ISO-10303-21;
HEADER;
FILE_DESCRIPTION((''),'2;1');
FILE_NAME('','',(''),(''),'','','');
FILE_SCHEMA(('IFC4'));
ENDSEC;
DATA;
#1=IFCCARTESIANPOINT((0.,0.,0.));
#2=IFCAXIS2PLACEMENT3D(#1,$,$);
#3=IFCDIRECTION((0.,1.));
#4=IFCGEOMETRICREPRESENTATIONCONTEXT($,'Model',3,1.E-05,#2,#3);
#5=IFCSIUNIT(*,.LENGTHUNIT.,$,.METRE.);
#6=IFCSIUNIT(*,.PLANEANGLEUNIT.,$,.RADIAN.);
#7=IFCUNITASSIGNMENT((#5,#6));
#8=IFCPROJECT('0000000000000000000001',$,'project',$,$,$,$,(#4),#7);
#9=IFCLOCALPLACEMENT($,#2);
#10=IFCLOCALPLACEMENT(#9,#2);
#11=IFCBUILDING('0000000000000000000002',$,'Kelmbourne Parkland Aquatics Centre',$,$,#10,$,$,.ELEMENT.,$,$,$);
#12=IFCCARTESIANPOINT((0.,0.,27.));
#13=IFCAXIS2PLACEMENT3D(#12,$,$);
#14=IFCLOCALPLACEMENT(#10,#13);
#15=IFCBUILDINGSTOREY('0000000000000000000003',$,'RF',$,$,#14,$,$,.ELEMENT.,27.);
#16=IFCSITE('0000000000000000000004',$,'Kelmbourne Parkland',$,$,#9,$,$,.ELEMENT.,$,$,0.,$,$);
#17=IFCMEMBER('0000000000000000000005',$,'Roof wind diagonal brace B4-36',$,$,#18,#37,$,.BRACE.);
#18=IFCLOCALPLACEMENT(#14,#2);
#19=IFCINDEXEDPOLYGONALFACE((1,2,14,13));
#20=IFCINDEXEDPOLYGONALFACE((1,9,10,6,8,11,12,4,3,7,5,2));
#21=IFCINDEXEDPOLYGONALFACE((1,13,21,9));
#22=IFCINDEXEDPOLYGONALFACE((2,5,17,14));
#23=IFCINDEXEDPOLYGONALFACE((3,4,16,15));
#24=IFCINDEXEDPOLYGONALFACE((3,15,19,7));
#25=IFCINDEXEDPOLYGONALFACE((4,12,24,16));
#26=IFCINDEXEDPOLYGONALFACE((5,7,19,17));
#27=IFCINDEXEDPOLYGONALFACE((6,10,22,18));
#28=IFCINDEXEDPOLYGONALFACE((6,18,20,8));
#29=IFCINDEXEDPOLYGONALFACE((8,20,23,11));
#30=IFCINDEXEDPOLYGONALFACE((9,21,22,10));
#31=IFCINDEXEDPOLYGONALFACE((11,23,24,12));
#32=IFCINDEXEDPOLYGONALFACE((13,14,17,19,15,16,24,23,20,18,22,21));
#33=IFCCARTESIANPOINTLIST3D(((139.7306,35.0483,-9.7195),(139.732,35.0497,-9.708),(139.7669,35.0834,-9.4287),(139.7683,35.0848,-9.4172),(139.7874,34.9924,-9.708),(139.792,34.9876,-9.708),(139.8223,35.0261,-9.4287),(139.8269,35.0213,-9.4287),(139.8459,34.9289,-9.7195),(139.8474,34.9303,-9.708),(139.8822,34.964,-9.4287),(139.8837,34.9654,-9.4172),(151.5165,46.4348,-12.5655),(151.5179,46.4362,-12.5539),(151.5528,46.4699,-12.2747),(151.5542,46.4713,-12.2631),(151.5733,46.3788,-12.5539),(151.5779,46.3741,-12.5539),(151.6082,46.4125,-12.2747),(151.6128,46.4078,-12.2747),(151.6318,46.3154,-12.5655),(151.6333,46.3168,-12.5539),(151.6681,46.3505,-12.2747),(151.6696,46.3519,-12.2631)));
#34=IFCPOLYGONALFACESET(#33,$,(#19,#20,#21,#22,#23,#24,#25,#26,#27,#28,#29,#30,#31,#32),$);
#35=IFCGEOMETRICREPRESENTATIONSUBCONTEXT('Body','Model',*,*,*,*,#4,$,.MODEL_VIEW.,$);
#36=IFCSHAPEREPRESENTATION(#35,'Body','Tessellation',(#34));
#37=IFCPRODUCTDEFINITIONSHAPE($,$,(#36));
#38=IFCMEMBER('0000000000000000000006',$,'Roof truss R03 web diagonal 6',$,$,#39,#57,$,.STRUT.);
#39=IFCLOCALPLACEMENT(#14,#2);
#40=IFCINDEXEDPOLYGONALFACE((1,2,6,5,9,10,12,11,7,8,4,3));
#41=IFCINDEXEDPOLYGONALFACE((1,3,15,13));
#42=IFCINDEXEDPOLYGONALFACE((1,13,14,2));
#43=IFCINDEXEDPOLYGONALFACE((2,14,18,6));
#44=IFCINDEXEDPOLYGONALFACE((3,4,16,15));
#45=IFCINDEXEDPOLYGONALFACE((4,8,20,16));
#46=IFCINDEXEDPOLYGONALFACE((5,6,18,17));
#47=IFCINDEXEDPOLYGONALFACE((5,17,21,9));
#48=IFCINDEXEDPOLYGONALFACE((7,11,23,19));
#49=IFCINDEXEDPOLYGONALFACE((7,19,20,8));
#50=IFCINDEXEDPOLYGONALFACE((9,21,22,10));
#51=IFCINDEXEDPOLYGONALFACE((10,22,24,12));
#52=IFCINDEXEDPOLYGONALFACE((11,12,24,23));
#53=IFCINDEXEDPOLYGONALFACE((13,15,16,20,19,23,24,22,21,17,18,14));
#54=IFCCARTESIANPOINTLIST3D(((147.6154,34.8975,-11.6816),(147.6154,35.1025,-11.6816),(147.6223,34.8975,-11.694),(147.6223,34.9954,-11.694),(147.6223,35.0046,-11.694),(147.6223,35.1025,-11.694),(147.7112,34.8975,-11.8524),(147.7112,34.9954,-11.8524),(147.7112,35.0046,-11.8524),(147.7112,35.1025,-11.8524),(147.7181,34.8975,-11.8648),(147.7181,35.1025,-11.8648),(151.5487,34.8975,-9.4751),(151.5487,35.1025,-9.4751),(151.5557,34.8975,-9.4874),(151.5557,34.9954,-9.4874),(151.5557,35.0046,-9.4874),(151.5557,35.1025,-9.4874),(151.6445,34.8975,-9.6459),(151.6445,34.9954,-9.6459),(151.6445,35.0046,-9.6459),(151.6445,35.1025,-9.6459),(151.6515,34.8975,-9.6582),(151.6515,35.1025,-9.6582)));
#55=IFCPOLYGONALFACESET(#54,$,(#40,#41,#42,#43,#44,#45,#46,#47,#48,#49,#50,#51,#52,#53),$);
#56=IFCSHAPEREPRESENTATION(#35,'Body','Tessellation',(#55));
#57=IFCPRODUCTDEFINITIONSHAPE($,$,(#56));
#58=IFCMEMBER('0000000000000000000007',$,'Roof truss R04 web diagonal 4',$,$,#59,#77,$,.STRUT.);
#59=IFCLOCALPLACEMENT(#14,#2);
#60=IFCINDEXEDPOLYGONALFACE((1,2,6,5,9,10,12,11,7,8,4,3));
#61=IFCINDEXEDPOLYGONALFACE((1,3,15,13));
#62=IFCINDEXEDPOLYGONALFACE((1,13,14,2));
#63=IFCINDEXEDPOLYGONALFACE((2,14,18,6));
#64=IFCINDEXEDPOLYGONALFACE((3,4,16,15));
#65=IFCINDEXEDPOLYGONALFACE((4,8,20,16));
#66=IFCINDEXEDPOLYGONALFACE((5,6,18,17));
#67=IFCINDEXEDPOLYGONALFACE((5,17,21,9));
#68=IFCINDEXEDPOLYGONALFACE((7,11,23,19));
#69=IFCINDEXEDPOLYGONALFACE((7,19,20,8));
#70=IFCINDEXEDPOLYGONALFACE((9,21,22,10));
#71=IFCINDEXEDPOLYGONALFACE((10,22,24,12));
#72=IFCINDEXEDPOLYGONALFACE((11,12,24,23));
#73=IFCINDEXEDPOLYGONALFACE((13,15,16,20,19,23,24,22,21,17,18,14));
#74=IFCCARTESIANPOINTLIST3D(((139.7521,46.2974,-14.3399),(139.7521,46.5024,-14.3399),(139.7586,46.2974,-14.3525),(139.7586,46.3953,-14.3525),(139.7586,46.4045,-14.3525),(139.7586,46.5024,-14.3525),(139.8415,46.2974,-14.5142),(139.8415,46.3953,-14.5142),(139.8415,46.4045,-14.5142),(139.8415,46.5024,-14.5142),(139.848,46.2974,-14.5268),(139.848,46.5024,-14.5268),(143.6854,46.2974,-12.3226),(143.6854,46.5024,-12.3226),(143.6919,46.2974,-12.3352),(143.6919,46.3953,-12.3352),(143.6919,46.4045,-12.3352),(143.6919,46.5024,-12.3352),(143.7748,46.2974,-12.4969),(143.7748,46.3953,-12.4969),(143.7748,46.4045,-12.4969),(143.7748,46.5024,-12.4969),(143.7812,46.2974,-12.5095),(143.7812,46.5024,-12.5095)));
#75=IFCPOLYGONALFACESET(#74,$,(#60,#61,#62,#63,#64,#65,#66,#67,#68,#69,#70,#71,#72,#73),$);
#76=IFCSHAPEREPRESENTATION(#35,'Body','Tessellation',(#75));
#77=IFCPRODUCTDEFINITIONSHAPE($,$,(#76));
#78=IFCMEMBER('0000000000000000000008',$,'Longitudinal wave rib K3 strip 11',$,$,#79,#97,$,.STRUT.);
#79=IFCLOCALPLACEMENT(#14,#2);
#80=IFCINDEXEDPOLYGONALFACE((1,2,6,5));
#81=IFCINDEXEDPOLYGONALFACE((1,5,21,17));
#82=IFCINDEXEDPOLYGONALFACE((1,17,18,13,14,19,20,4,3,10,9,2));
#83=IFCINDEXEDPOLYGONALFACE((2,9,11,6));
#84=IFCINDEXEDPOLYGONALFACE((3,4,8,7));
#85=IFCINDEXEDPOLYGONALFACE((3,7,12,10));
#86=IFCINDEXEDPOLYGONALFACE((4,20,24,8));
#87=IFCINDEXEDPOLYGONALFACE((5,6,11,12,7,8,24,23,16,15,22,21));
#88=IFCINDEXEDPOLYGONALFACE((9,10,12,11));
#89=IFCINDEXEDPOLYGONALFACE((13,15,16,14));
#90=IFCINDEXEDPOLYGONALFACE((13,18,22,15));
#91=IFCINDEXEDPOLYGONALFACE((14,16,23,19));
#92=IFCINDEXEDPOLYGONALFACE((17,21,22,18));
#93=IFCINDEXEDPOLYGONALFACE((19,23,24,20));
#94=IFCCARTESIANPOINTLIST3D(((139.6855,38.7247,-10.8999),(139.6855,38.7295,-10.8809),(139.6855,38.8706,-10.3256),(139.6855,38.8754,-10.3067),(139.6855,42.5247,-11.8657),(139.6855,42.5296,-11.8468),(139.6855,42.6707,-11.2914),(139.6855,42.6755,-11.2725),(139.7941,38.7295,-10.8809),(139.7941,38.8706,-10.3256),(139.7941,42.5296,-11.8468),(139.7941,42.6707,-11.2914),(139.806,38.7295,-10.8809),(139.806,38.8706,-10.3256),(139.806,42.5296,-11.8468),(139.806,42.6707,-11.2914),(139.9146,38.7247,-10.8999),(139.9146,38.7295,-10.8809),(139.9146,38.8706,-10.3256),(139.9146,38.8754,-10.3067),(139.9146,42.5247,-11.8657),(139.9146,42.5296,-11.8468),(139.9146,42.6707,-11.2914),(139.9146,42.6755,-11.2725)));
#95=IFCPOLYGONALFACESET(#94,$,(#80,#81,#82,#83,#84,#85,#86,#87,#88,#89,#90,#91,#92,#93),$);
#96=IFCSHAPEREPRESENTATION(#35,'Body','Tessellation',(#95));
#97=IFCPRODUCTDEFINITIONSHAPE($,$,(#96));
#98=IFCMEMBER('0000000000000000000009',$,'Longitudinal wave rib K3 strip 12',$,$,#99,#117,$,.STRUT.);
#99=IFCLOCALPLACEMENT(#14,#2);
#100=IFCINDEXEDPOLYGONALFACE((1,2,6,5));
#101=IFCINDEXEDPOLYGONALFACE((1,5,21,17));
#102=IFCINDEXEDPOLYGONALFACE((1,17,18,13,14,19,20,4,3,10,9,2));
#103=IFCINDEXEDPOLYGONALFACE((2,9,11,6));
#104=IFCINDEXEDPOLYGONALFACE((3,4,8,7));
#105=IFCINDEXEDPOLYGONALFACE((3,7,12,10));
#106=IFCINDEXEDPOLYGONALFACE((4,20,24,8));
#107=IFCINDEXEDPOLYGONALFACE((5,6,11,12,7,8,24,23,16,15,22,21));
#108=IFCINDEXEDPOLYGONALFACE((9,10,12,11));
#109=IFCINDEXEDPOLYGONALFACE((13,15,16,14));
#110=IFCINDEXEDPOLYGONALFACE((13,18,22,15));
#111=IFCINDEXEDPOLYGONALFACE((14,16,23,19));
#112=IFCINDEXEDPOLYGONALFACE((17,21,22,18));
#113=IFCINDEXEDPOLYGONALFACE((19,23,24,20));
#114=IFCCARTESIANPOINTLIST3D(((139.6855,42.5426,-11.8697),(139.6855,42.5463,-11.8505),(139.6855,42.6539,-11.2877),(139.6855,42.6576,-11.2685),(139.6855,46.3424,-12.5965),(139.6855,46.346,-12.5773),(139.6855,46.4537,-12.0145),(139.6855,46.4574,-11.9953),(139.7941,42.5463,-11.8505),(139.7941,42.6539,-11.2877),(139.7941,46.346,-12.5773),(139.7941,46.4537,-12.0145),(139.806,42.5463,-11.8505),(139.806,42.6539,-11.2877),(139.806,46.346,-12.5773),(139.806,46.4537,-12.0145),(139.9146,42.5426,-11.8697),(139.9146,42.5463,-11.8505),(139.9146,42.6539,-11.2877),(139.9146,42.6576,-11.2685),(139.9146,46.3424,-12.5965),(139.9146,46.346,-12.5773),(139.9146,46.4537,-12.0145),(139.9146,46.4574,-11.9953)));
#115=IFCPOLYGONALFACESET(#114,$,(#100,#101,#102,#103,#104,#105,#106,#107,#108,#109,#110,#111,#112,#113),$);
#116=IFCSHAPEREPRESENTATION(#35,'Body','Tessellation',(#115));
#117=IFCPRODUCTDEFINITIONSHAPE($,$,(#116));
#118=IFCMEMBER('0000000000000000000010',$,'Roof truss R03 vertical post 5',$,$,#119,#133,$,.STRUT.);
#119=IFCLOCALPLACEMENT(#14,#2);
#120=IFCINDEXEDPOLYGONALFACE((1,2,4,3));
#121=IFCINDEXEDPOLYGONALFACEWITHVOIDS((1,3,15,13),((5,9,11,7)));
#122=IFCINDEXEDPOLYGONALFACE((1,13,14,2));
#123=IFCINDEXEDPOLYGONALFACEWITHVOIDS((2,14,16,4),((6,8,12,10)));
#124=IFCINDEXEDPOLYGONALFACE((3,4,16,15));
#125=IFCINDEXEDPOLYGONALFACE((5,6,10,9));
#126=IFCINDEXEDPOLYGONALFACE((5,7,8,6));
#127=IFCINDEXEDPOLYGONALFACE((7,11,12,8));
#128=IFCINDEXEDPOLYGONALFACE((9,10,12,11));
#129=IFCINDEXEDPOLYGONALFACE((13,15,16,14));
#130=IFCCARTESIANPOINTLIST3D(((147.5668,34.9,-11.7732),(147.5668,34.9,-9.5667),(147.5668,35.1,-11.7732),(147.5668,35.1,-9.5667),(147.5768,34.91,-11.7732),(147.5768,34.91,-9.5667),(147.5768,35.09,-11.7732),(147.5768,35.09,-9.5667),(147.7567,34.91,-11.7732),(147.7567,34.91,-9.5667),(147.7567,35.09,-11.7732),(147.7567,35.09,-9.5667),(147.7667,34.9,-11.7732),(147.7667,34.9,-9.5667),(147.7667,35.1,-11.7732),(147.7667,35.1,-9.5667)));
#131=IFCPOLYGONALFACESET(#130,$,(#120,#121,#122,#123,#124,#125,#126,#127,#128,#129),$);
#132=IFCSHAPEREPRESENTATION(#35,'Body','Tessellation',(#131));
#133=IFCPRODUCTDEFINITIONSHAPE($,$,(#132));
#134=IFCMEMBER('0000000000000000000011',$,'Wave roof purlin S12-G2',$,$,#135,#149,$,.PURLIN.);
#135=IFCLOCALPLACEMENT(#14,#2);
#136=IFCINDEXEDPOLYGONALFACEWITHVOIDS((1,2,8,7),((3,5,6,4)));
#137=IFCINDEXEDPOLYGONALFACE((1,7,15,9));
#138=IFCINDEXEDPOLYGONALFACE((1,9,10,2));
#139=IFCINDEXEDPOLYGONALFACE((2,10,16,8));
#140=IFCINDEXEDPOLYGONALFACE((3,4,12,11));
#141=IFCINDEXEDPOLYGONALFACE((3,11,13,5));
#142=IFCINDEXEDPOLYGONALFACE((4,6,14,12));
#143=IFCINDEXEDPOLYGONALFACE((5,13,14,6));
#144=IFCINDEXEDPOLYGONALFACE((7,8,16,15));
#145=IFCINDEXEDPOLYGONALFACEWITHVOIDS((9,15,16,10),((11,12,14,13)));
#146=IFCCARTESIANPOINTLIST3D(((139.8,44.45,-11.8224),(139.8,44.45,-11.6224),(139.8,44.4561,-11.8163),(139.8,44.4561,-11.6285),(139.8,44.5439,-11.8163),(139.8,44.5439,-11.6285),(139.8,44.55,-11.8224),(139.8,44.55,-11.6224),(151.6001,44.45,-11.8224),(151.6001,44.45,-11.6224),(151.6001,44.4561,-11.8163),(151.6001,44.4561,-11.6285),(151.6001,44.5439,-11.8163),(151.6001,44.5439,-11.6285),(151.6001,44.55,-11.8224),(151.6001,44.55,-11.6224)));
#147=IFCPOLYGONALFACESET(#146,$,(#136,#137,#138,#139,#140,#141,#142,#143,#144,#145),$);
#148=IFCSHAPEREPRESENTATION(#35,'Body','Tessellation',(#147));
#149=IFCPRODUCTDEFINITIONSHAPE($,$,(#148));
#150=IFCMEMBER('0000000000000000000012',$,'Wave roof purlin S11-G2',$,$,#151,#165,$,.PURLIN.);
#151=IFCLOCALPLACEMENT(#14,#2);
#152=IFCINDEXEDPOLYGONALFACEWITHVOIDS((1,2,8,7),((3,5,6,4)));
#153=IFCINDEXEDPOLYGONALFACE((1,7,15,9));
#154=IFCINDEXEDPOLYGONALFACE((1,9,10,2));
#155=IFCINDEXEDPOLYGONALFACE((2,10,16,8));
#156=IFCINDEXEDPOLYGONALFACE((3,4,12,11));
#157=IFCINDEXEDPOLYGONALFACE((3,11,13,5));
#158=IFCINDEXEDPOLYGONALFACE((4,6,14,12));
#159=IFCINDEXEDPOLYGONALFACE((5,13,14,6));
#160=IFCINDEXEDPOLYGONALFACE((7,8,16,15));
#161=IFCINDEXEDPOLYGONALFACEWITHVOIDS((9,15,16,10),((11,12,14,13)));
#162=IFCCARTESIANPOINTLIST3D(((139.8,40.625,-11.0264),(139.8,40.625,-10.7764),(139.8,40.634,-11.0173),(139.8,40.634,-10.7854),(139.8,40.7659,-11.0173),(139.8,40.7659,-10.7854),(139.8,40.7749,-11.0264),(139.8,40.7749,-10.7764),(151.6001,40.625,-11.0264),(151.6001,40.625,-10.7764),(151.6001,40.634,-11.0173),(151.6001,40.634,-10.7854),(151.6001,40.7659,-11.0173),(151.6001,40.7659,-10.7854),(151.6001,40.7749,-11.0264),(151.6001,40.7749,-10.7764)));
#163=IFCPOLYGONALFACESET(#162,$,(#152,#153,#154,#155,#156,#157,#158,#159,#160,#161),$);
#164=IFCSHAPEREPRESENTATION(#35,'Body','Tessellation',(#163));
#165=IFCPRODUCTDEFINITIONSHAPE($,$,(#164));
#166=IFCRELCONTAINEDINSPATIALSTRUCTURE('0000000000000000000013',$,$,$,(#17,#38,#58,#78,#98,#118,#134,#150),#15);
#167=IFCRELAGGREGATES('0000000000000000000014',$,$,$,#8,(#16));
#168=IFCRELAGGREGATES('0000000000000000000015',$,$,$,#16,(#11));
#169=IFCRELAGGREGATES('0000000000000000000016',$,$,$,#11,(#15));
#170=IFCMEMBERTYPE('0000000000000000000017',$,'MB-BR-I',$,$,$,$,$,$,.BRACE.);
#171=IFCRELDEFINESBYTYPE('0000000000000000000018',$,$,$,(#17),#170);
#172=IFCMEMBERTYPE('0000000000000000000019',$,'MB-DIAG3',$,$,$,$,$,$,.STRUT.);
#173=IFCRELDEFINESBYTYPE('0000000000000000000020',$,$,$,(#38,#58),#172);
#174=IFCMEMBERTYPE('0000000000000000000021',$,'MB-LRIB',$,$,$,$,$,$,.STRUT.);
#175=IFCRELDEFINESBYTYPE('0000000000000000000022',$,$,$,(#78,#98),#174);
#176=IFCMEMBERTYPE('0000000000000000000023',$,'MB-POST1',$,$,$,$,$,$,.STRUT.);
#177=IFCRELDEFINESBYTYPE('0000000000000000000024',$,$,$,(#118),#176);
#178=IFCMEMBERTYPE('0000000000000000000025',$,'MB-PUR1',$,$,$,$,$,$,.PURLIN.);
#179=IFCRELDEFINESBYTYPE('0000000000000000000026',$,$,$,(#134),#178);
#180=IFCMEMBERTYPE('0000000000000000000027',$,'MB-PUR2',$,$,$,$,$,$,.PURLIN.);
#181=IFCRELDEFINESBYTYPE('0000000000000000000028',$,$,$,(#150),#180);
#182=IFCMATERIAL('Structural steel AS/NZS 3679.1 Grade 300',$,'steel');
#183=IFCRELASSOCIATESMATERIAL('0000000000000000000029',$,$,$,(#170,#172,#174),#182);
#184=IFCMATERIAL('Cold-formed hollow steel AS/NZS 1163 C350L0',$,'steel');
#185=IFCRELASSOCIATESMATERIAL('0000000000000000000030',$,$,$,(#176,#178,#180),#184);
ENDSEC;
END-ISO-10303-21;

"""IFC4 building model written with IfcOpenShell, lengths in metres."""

from ifc_helpers import new_model, si_unit, direction, frame, origin, origin_2d, place, context, subcontext, project, spatial, hollow_rectangle, i_section, extrude, material, material_profile, profile_set, type_object, element, save


model = new_model("IFC4")

# Units and contexts
model_context = context("Model", 3, precision=1e-05, world=origin(), true_north=direction((0.0, 1.0)))
body_context = subcontext(model_context, "Body", "Model", "MODEL_VIEW")
ifc_project = project(units=[si_unit("LENGTHUNIT", "METRE"), si_unit("PLANEANGLEUNIT", "RADIAN")], contexts=[model_context])

# Site, building, storey
site_placement = place(None, origin())
site = spatial("IfcSite", under=ifc_project, at=site_placement, Name="Kelmbourne Parkland", CompositionType="ELEMENT", RefElevation=0.0)
building_placement = place(site_placement, origin())
building = spatial("IfcBuilding", under=site, at=building_placement, Name="Kelmbourne Parkland Aquatics Centre", CompositionType="ELEMENT")
storey_placement = place(building_placement, frame((0.0, 0.0, 27.0)))
storey = spatial("IfcBuildingStorey", under=building, at=storey_placement, Name="RF", CompositionType="ELEMENT", Elevation=27.0)

# Members
ifc_material_1 = material(Name="Structural steel AS/NZS 3679.1 Grade 300", Category="steel")
ifc_material_profile_1 = material_profile(ifc_material_1, i_section(OverallWidth=0.166, OverallDepth=0.3069, WebThickness=0.0066, FlangeThickness=0.0117, at=origin_2d()), Name="310UB46.2")
ifc_profile_set_1 = profile_set([ifc_material_profile_1], Name="Structural steel AS/NZS 3679.1 Grade 300")
member_type_1 = type_object("IfcMemberType", Name="MB-BR-I", PredefinedType="BRACE", material=ifc_profile_set_1)
member_1_placement = place(storey_placement, frame((139.8071, 35.0068, -9.5684), z_axis=(0.708582, 0.684569, -0.171102), x_axis=(-0.694815, 0.719188, 0.0)))
element("IfcMember", 1, at=member_1_placement, inside=storey, type_object=member_type_1, Name="Roof wind diagonal brace B4-36", PredefinedType="BRACE", context=body_context, shape_type="SweptSolid", body=[
    extrude(i_section(OverallWidth=0.166, OverallDepth=0.3069, WebThickness=0.0066, FlangeThickness=0.0117, at=origin_2d()), origin(), (0.0, 0.0, 1.0), 16.6331),
])
ifc_material_profile_2 = material_profile(ifc_material_1, i_section(OverallWidth=0.2051, OverallDepth=0.21, WebThickness=0.0093, FlangeThickness=0.0142, at=origin_2d()), Name="200UC59.5")
ifc_profile_set_2 = profile_set([ifc_material_profile_2], Name="Structural steel AS/NZS 3679.1 Grade 300")
member_type_2 = type_object("IfcMemberType", Name="MB-DIAG3", PredefinedType="STRUT", material=ifc_profile_set_2)
member_2_placement = place(storey_placement, frame((147.6667, 35.0, -11.7732), z_axis=(0.87214, 0.0, 0.489256), x_axis=(0.0, 1.0, 0.0)))
element("IfcMember", 2, at=member_2_placement, inside=storey, type_object=member_type_2, Name="Roof truss R03 web diagonal 6", PredefinedType="STRUT", context=body_context, shape_type="SweptSolid", body=[
    extrude(i_section(OverallWidth=0.2051, OverallDepth=0.21, WebThickness=0.0093, FlangeThickness=0.0142, at=origin_2d()), origin(), (0.0, 0.0, 1.0), 4.51),
])
member_3_placement = place(storey_placement, frame((139.8, 46.3999, -14.4333), z_axis=(0.889796, 0.0, 0.456358), x_axis=(0.0, 1.0, 0.0)))
element("IfcMember", 3, at=member_3_placement, inside=storey, type_object=member_type_2, Name="Roof truss R04 web diagonal 4", PredefinedType="STRUT", context=body_context, shape_type="SweptSolid", body=[
    extrude(i_section(OverallWidth=0.2051, OverallDepth=0.21, WebThickness=0.0093, FlangeThickness=0.0142, at=origin_2d()), origin(), (0.0, 0.0, 1.0), 4.4204),
])
ifc_material_profile_3 = material_profile(ifc_material_1, i_section(OverallWidth=0.229, OverallDepth=0.6121, WebThickness=0.012, FlangeThickness=0.0195, at=origin_2d()), Name="610UB125")
ifc_profile_set_3 = profile_set([ifc_material_profile_3], Name="Structural steel AS/NZS 3679.1 Grade 300")
member_type_3 = type_object("IfcMemberType", Name="MB-LRIB", PredefinedType="STRUT", material=ifc_profile_set_3)
member_4_placement = place(storey_placement, frame((139.8, 38.8, -10.6033), z_axis=(0.0, 0.969186, -0.246328), x_axis=(-1.0, 0.0, 0.0)))
element("IfcMember", 4, at=member_4_placement, inside=storey, type_object=member_type_3, Name="Longitudinal wave rib K3 strip 11", PredefinedType="STRUT", context=body_context, shape_type="SweptSolid", body=[
    extrude(i_section(OverallWidth=0.229, OverallDepth=0.6121, WebThickness=0.012, FlangeThickness=0.0195, at=origin_2d()), origin(), (0.0, 0.0, 1.0), 3.9209),
])
member_5_placement = place(storey_placement, frame((139.8, 42.6001, -11.5691), z_axis=(0.0, 0.982194, -0.187869), x_axis=(-1.0, 0.0, 0.0)))
element("IfcMember", 5, at=member_5_placement, inside=storey, type_object=member_type_3, Name="Longitudinal wave rib K3 strip 12", PredefinedType="STRUT", context=body_context, shape_type="SweptSolid", body=[
    extrude(i_section(OverallWidth=0.229, OverallDepth=0.6121, WebThickness=0.012, FlangeThickness=0.0195, at=origin_2d()), origin(), (0.0, 0.0, 1.0), 3.8687),
])
ifc_material_2 = material(Name="Cold-formed hollow steel AS/NZS 1163 C350L0", Category="steel")
ifc_material_profile_4 = material_profile(ifc_material_2, hollow_rectangle(XDim=0.2, YDim=0.2, WallThickness=0.01, at=origin_2d()), Name="SHS 200x200x10.0")
ifc_profile_set_4 = profile_set([ifc_material_profile_4], Name="Cold-formed hollow steel AS/NZS 1163 C350L0")
member_type_4 = type_object("IfcMemberType", Name="MB-POST1", PredefinedType="STRUT", material=ifc_profile_set_4)
member_6_placement = place(storey_placement, frame((147.6667, 35.0, -11.7732), z_axis=(0.0, 0.0, 1.0), x_axis=(1.0, 0.0, 0.0)))
element("IfcMember", 6, at=member_6_placement, inside=storey, type_object=member_type_4, Name="Roof truss R03 vertical post 5", PredefinedType="STRUT", context=body_context, shape_type="SweptSolid", body=[
    extrude(hollow_rectangle(XDim=0.2, YDim=0.2, WallThickness=0.01, at=origin_2d()), origin(), (0.0, 0.0, 1.0), 2.2065),
])
ifc_material_profile_5 = material_profile(ifc_material_2, hollow_rectangle(XDim=0.1001, YDim=0.2, WallThickness=0.0061, at=origin_2d()), Name="RHS 200x100x6.0")
ifc_profile_set_5 = profile_set([ifc_material_profile_5], Name="Cold-formed hollow steel AS/NZS 1163 C350L0")
member_type_5 = type_object("IfcMemberType", Name="MB-PUR1", PredefinedType="PURLIN", material=ifc_profile_set_5)
member_7_placement = place(storey_placement, frame((139.8, 44.5, -11.7224), z_axis=(1.0, 0.0, 0.0), x_axis=(0.0, 1.0, 0.0)))
element("IfcMember", 7, at=member_7_placement, inside=storey, type_object=member_type_5, Name="Wave roof purlin S12-G2", PredefinedType="PURLIN", context=body_context, shape_type="SweptSolid", body=[
    extrude(hollow_rectangle(XDim=0.1001, YDim=0.2, WallThickness=0.0061, at=origin_2d()), origin(), (0.0, 0.0, 1.0), 11.8),
])
ifc_material_profile_6 = material_profile(ifc_material_2, hollow_rectangle(XDim=0.1499, YDim=0.25, WallThickness=0.009, at=origin_2d()), Name="RHS 250x150x9.0")
ifc_profile_set_6 = profile_set([ifc_material_profile_6], Name="Cold-formed hollow steel AS/NZS 1163 C350L0")
member_type_6 = type_object("IfcMemberType", Name="MB-PUR2", PredefinedType="PURLIN", material=ifc_profile_set_6)
member_8_placement = place(storey_placement, frame((139.8, 40.7, -10.9014), z_axis=(1.0, 0.0, 0.0), x_axis=(0.0, 1.0, 0.0)))
element("IfcMember", 8, at=member_8_placement, inside=storey, type_object=member_type_6, Name="Wave roof purlin S11-G2", PredefinedType="PURLIN", context=body_context, shape_type="SweptSolid", body=[
    extrude(hollow_rectangle(XDim=0.1499, YDim=0.25, WallThickness=0.009, at=origin_2d()), origin(), (0.0, 0.0, 1.0), 11.8),
])

save(model, "model.ifc")
